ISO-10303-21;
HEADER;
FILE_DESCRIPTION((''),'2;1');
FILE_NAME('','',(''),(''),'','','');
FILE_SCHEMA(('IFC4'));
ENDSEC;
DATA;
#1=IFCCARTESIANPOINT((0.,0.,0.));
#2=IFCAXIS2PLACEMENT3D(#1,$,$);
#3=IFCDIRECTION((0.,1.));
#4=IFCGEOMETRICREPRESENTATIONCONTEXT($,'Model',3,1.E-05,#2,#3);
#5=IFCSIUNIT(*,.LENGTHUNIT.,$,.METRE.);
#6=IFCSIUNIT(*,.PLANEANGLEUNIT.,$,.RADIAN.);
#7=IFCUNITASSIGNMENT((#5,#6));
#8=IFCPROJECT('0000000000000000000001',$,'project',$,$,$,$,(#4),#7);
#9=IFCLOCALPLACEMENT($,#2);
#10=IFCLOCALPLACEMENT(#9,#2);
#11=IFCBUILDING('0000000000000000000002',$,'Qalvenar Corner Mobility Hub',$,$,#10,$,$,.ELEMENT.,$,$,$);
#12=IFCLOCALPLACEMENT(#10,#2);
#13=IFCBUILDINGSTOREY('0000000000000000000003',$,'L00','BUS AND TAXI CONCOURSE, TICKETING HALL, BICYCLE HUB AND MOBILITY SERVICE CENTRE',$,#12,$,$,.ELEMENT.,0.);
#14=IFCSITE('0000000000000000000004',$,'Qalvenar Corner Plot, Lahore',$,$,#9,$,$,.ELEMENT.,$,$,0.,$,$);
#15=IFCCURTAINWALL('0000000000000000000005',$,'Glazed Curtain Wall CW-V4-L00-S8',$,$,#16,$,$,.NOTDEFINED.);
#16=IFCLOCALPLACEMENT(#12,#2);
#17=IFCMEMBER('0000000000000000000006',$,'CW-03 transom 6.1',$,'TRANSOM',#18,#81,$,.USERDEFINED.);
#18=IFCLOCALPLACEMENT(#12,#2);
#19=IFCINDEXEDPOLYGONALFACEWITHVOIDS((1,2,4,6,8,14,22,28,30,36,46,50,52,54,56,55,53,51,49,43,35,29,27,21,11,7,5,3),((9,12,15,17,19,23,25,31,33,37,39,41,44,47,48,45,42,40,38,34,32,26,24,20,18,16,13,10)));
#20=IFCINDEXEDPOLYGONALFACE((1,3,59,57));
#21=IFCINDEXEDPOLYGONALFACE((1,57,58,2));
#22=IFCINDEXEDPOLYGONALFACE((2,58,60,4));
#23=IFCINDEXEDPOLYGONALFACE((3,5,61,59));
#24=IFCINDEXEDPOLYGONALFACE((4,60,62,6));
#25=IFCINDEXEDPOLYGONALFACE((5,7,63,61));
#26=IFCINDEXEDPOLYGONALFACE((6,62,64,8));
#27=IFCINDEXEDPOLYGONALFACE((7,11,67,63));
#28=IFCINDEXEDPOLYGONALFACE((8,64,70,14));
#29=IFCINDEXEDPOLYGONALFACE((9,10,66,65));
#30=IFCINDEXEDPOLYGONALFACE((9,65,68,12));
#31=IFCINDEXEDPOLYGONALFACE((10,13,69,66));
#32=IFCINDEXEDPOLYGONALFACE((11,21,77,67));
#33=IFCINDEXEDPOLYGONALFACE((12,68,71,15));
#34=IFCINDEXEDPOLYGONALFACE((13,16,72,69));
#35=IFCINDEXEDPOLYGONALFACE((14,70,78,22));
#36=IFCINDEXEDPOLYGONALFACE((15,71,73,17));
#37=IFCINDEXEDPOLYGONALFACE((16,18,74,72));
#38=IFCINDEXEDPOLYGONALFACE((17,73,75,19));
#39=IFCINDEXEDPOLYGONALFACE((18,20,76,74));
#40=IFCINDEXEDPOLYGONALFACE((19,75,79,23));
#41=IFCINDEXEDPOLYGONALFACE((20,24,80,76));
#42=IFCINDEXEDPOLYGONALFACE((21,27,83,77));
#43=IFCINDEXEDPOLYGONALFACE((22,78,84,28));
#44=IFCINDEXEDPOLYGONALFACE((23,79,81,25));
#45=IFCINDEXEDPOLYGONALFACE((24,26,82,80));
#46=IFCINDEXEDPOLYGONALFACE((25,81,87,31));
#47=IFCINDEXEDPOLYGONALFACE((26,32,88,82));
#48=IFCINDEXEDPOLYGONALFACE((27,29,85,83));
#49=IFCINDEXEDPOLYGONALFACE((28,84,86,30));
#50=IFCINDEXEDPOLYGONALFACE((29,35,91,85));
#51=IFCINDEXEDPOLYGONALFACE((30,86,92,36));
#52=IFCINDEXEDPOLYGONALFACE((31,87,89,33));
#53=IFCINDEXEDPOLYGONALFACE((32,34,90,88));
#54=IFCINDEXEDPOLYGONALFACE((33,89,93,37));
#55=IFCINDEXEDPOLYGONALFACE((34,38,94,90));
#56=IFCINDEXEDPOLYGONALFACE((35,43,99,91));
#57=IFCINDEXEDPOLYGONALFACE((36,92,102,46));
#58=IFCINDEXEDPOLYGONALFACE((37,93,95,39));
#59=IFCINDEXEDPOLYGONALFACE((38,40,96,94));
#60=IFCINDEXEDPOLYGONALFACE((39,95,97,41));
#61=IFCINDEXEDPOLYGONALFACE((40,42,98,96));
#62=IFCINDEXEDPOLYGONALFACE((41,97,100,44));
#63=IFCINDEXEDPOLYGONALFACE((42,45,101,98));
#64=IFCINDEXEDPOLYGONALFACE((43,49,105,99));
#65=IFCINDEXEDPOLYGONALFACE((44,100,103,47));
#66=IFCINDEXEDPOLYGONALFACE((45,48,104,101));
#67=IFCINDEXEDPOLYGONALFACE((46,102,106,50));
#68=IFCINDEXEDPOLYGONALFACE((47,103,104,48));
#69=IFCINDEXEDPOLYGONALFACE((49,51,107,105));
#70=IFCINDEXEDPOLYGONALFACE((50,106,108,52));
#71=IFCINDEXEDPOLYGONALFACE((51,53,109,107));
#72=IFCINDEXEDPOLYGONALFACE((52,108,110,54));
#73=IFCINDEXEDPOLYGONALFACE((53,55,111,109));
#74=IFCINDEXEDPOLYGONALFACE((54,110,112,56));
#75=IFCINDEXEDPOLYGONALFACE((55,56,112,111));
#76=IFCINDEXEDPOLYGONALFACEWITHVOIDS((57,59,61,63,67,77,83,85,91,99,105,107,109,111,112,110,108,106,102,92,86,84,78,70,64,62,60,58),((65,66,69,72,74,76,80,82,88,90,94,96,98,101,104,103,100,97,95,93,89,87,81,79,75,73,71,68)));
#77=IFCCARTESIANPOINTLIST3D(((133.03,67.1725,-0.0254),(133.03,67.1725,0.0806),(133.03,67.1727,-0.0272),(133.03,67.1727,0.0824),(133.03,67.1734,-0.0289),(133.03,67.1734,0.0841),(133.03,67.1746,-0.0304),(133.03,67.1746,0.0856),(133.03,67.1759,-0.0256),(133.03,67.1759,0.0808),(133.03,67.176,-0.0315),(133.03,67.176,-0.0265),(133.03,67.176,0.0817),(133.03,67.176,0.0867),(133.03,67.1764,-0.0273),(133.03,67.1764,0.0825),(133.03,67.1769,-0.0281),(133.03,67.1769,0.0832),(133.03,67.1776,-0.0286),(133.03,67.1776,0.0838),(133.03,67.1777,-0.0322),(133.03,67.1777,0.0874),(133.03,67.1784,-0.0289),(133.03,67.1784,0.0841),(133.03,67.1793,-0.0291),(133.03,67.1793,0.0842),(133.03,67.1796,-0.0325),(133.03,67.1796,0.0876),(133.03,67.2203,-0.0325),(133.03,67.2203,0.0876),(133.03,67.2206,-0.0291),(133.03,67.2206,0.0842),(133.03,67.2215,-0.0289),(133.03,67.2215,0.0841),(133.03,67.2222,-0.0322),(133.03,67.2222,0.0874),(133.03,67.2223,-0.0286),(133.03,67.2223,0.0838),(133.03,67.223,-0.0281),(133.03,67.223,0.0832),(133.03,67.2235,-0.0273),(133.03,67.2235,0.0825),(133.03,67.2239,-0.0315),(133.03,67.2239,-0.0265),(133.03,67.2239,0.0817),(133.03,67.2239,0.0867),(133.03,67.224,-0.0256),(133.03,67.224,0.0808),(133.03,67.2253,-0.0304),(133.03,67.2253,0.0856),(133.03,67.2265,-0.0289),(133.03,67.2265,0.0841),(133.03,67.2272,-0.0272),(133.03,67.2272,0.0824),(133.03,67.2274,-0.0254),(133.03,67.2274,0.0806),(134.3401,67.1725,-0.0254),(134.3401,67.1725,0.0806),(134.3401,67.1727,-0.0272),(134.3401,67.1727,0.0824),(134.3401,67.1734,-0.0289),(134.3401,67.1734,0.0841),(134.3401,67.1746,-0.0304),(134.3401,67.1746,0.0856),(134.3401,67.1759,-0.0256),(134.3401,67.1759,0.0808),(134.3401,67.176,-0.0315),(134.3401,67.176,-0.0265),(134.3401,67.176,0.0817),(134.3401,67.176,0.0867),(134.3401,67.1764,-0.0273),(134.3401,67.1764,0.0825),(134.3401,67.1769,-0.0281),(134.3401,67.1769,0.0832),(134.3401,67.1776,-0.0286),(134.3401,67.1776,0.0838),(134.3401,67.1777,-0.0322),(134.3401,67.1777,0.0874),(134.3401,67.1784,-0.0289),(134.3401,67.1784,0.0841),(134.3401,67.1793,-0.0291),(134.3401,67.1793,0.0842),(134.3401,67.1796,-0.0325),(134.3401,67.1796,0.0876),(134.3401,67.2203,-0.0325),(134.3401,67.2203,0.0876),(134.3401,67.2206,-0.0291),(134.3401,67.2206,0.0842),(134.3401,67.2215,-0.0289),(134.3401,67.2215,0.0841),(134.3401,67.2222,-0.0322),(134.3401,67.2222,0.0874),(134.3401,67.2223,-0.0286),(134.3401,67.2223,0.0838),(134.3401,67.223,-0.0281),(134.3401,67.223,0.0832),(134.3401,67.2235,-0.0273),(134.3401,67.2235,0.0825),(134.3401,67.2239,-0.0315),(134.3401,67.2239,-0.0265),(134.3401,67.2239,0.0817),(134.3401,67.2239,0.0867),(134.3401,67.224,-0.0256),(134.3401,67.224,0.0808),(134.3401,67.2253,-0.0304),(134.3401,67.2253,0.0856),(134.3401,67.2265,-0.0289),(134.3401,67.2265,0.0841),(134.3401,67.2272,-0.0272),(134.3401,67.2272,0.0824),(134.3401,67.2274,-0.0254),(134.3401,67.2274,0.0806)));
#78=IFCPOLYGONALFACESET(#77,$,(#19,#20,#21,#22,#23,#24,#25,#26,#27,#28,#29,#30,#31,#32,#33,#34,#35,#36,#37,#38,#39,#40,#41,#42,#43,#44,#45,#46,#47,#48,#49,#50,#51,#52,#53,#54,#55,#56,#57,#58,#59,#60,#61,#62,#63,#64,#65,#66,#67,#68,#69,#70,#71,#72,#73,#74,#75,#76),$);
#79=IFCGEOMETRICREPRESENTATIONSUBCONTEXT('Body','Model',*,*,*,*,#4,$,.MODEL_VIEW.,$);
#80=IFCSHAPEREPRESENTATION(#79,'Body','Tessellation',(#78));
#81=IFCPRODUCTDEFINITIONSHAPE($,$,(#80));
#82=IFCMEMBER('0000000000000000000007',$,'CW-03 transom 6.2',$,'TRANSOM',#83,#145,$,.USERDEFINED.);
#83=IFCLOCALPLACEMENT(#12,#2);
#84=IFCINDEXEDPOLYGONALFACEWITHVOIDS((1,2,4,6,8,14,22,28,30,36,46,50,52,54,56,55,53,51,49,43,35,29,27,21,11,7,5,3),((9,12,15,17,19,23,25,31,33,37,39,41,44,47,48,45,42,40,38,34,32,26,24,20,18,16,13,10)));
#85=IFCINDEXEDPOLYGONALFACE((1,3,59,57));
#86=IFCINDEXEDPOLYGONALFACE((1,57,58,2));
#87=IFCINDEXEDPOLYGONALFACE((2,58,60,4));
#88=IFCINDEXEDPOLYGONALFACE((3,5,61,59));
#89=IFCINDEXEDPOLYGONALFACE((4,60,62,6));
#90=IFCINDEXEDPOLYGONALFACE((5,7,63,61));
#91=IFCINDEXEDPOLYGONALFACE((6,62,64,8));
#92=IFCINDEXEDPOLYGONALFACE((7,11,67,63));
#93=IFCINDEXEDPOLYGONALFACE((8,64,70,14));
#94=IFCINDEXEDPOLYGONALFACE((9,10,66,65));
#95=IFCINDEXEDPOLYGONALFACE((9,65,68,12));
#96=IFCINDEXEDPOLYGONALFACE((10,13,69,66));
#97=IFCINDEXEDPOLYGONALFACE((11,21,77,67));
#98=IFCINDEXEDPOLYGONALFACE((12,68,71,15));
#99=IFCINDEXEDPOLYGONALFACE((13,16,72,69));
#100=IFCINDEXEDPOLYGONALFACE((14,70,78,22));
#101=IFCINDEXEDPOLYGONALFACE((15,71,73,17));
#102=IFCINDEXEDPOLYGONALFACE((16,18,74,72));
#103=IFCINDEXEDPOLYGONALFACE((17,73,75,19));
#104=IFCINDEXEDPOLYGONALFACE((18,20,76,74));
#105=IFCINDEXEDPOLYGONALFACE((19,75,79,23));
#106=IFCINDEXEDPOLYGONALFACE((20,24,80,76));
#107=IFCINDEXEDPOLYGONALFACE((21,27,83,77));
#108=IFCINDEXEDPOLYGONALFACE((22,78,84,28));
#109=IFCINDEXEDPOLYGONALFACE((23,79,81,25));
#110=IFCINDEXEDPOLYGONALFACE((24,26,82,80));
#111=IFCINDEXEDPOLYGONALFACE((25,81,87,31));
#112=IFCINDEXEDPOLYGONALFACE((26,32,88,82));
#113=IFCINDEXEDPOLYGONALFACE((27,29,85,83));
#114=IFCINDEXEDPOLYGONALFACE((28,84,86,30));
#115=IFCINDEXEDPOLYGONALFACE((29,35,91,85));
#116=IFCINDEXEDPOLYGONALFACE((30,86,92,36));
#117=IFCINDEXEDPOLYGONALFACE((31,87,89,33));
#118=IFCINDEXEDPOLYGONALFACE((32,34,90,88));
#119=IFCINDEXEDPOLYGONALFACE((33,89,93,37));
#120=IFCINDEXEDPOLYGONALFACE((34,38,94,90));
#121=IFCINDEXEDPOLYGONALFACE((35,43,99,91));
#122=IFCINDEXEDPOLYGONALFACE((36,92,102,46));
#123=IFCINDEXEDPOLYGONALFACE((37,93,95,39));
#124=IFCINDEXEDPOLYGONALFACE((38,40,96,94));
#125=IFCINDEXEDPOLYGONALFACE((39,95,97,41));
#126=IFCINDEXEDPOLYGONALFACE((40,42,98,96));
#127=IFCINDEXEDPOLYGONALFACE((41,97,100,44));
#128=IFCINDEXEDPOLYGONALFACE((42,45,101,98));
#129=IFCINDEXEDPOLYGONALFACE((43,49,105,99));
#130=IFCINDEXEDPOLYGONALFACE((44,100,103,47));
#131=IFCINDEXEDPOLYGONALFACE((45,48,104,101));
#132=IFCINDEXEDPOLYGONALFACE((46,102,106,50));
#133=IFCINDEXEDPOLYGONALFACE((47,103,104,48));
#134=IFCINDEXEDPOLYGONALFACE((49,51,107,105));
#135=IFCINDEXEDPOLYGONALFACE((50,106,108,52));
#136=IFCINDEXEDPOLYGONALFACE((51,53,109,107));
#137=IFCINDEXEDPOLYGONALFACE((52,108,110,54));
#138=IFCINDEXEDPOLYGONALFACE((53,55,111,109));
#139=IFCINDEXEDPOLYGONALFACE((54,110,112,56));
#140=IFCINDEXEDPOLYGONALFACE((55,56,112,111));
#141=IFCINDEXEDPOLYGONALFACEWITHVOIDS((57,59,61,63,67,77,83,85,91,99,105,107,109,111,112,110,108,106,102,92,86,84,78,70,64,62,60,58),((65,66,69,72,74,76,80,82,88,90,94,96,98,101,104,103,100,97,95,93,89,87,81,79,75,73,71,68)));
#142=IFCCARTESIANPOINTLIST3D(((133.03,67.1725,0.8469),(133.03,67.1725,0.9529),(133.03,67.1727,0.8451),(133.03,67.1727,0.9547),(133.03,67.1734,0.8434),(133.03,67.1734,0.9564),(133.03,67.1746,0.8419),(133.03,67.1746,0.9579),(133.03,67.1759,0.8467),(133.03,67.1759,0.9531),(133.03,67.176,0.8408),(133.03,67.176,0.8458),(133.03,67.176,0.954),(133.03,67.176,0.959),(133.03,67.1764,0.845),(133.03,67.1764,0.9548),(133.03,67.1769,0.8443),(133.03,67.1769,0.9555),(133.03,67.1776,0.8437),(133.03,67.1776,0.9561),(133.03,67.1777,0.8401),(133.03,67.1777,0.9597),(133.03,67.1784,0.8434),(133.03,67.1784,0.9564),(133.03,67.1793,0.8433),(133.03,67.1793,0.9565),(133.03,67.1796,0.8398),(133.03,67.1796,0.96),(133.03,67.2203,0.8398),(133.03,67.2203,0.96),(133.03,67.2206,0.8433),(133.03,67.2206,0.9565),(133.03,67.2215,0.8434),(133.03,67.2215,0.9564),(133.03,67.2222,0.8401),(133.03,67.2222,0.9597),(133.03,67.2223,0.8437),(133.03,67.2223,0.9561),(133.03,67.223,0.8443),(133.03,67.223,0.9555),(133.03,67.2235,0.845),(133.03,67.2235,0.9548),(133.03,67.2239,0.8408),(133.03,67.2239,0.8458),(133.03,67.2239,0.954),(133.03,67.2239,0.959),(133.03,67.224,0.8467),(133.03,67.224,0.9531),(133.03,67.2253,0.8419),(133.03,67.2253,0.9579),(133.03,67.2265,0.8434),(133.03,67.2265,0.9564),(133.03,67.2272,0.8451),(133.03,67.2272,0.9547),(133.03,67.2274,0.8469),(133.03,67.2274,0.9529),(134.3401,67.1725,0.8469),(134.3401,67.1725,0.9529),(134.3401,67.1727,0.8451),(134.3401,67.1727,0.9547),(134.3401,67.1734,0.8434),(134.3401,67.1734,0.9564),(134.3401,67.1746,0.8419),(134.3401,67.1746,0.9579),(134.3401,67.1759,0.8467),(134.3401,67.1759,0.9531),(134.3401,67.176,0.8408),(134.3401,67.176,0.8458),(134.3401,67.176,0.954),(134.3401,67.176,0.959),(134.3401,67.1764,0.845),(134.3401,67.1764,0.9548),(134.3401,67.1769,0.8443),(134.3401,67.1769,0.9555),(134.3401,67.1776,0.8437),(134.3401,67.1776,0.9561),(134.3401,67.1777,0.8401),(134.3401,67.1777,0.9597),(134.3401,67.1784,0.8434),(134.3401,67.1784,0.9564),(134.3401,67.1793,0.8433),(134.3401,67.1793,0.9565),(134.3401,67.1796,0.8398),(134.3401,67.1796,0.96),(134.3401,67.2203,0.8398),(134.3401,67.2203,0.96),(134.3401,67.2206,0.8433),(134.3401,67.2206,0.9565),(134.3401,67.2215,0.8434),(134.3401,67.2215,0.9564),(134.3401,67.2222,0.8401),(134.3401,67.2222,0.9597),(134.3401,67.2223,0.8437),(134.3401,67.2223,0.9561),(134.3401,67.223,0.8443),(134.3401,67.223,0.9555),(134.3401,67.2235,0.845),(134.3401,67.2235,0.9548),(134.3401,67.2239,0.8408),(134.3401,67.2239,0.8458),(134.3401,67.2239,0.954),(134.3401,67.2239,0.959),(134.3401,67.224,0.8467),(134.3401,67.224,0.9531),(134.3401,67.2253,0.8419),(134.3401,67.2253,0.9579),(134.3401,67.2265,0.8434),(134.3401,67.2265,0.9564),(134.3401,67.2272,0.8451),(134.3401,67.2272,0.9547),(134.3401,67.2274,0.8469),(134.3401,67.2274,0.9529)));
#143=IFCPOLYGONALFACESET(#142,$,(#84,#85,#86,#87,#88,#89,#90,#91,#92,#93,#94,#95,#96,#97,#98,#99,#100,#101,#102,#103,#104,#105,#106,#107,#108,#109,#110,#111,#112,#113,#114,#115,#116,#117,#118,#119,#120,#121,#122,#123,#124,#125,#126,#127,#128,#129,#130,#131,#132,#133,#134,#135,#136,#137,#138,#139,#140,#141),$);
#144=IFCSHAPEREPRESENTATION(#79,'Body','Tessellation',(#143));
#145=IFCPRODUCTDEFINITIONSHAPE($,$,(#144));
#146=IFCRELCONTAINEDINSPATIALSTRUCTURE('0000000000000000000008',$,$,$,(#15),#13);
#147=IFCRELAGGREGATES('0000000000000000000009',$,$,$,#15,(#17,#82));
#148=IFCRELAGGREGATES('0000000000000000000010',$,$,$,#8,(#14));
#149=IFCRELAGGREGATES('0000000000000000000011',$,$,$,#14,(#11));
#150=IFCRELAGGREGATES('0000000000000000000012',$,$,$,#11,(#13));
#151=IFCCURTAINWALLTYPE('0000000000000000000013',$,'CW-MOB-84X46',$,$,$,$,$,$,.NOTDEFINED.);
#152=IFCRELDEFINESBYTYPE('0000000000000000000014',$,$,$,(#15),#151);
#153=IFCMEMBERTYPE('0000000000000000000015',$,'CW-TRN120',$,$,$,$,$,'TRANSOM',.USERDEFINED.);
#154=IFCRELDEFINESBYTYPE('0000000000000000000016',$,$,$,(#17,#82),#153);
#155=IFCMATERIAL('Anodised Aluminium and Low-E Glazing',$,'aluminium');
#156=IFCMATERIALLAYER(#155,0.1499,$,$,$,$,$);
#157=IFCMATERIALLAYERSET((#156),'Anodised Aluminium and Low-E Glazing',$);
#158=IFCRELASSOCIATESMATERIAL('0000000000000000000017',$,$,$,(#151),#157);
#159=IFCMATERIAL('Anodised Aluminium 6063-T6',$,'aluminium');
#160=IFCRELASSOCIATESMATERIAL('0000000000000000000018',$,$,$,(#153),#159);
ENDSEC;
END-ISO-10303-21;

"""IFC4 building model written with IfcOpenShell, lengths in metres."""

from ifc_helpers import new_model, si_unit, direction, frame, origin, origin_2d, place, context, subcontext, project, spatial, hollow_rectangle, extrude, material, layer, layer_set, material_profile, profile_set, type_object, element, aggregate, save


model = new_model("IFC4")

# Units and contexts
model_context = context("Model", 3, precision=1e-05, world=origin(), true_north=direction((0.0, 1.0)))
body_context = subcontext(model_context, "Body", "Model", "MODEL_VIEW")
ifc_project = project(units=[si_unit("LENGTHUNIT", "METRE"), si_unit("PLANEANGLEUNIT", "RADIAN")], contexts=[model_context])

# Site, building, storey
site_placement = place(None, origin())
site = spatial("IfcSite", under=ifc_project, at=site_placement, Name="Qalvenar Corner Plot, Lahore", CompositionType="ELEMENT", RefElevation=0.0)
building_placement = place(site_placement, origin())
building = spatial("IfcBuilding", under=site, at=building_placement, Name="Qalvenar Corner Mobility Hub", CompositionType="ELEMENT")
storey_placement = place(building_placement, origin())
storey = spatial("IfcBuildingStorey", under=building, at=storey_placement, Name="L00", Description="BUS AND TAXI CONCOURSE, TICKETING HALL, BICYCLE HUB AND MOBILITY SERVICE CENTRE", CompositionType="ELEMENT", Elevation=0.0)

# Curtain wall, members
ifc_material_1 = material(Name="Anodised Aluminium and Low-E Glazing", Category="aluminium")
ifc_layer_1 = layer(ifc_material_1, 0.1499)
ifc_layer_set_1 = layer_set([ifc_layer_1], Name="Anodised Aluminium and Low-E Glazing")
curtain_wall_type = type_object("IfcCurtainWallType", Name="CW-MOB-84X46", PredefinedType="NOTDEFINED", material=ifc_layer_set_1)
curtain_wall_placement = place(storey_placement, origin())
curtain_wall = element("IfcCurtainWall", 1, at=curtain_wall_placement, inside=storey, type_object=curtain_wall_type, Name="Glazed Curtain Wall CW-V4-L00-S8", PredefinedType="NOTDEFINED")
ifc_material_2 = material(Name="Anodised Aluminium 6063-T6", Category="aluminium")
ifc_material_profile_1 = material_profile(ifc_material_2, hollow_rectangle(XDim=0.0549, YDim=0.1201, WallThickness=0.0034, InnerFilletRadius=0.0034, OuterFilletRadius=0.0071, at=origin_2d()), Name="RHS120x55x3.5")
ifc_profile_set_1 = profile_set([ifc_material_profile_1], Name="Anodised Aluminium 6063-T6")
member_type_1 = type_object("IfcMemberType", Name="CW-TRN120", ElementType="TRANSOM", PredefinedType="USERDEFINED", material=ifc_profile_set_1)
member_1_placement = place(storey_placement, frame((133.03, 67.2, 0.0276), z_axis=(1.0, 0.0, 0.0), x_axis=(0.0, 1.0, 0.0)))
member_1 = element("IfcMember", 2, at=member_1_placement, type_object=member_type_1, Name="CW-03 transom 6.1", ObjectType="TRANSOM", PredefinedType="USERDEFINED", context=body_context, shape_type="SweptSolid", body=[
    extrude(hollow_rectangle(XDim=0.0549, YDim=0.1201, WallThickness=0.0034, InnerFilletRadius=0.0034, OuterFilletRadius=0.0071, at=origin_2d()), origin(), (0.0, 0.0, 1.0), 1.3101),
])
member_2_placement = place(storey_placement, frame((133.03, 67.2, 0.8999), z_axis=(1.0, 0.0, 0.0), x_axis=(0.0, 1.0, 0.0)))
member_2 = element("IfcMember", 3, at=member_2_placement, type_object=member_type_1, Name="CW-03 transom 6.2", ObjectType="TRANSOM", PredefinedType="USERDEFINED", context=body_context, shape_type="SweptSolid", body=[
    extrude(hollow_rectangle(XDim=0.0549, YDim=0.1201, WallThickness=0.0034, InnerFilletRadius=0.0034, OuterFilletRadius=0.0071, at=origin_2d()), origin(), (0.0, 0.0, 1.0), 1.3101),
])
aggregate(curtain_wall, [member_1, member_2])

save(model, "model.ifc")
